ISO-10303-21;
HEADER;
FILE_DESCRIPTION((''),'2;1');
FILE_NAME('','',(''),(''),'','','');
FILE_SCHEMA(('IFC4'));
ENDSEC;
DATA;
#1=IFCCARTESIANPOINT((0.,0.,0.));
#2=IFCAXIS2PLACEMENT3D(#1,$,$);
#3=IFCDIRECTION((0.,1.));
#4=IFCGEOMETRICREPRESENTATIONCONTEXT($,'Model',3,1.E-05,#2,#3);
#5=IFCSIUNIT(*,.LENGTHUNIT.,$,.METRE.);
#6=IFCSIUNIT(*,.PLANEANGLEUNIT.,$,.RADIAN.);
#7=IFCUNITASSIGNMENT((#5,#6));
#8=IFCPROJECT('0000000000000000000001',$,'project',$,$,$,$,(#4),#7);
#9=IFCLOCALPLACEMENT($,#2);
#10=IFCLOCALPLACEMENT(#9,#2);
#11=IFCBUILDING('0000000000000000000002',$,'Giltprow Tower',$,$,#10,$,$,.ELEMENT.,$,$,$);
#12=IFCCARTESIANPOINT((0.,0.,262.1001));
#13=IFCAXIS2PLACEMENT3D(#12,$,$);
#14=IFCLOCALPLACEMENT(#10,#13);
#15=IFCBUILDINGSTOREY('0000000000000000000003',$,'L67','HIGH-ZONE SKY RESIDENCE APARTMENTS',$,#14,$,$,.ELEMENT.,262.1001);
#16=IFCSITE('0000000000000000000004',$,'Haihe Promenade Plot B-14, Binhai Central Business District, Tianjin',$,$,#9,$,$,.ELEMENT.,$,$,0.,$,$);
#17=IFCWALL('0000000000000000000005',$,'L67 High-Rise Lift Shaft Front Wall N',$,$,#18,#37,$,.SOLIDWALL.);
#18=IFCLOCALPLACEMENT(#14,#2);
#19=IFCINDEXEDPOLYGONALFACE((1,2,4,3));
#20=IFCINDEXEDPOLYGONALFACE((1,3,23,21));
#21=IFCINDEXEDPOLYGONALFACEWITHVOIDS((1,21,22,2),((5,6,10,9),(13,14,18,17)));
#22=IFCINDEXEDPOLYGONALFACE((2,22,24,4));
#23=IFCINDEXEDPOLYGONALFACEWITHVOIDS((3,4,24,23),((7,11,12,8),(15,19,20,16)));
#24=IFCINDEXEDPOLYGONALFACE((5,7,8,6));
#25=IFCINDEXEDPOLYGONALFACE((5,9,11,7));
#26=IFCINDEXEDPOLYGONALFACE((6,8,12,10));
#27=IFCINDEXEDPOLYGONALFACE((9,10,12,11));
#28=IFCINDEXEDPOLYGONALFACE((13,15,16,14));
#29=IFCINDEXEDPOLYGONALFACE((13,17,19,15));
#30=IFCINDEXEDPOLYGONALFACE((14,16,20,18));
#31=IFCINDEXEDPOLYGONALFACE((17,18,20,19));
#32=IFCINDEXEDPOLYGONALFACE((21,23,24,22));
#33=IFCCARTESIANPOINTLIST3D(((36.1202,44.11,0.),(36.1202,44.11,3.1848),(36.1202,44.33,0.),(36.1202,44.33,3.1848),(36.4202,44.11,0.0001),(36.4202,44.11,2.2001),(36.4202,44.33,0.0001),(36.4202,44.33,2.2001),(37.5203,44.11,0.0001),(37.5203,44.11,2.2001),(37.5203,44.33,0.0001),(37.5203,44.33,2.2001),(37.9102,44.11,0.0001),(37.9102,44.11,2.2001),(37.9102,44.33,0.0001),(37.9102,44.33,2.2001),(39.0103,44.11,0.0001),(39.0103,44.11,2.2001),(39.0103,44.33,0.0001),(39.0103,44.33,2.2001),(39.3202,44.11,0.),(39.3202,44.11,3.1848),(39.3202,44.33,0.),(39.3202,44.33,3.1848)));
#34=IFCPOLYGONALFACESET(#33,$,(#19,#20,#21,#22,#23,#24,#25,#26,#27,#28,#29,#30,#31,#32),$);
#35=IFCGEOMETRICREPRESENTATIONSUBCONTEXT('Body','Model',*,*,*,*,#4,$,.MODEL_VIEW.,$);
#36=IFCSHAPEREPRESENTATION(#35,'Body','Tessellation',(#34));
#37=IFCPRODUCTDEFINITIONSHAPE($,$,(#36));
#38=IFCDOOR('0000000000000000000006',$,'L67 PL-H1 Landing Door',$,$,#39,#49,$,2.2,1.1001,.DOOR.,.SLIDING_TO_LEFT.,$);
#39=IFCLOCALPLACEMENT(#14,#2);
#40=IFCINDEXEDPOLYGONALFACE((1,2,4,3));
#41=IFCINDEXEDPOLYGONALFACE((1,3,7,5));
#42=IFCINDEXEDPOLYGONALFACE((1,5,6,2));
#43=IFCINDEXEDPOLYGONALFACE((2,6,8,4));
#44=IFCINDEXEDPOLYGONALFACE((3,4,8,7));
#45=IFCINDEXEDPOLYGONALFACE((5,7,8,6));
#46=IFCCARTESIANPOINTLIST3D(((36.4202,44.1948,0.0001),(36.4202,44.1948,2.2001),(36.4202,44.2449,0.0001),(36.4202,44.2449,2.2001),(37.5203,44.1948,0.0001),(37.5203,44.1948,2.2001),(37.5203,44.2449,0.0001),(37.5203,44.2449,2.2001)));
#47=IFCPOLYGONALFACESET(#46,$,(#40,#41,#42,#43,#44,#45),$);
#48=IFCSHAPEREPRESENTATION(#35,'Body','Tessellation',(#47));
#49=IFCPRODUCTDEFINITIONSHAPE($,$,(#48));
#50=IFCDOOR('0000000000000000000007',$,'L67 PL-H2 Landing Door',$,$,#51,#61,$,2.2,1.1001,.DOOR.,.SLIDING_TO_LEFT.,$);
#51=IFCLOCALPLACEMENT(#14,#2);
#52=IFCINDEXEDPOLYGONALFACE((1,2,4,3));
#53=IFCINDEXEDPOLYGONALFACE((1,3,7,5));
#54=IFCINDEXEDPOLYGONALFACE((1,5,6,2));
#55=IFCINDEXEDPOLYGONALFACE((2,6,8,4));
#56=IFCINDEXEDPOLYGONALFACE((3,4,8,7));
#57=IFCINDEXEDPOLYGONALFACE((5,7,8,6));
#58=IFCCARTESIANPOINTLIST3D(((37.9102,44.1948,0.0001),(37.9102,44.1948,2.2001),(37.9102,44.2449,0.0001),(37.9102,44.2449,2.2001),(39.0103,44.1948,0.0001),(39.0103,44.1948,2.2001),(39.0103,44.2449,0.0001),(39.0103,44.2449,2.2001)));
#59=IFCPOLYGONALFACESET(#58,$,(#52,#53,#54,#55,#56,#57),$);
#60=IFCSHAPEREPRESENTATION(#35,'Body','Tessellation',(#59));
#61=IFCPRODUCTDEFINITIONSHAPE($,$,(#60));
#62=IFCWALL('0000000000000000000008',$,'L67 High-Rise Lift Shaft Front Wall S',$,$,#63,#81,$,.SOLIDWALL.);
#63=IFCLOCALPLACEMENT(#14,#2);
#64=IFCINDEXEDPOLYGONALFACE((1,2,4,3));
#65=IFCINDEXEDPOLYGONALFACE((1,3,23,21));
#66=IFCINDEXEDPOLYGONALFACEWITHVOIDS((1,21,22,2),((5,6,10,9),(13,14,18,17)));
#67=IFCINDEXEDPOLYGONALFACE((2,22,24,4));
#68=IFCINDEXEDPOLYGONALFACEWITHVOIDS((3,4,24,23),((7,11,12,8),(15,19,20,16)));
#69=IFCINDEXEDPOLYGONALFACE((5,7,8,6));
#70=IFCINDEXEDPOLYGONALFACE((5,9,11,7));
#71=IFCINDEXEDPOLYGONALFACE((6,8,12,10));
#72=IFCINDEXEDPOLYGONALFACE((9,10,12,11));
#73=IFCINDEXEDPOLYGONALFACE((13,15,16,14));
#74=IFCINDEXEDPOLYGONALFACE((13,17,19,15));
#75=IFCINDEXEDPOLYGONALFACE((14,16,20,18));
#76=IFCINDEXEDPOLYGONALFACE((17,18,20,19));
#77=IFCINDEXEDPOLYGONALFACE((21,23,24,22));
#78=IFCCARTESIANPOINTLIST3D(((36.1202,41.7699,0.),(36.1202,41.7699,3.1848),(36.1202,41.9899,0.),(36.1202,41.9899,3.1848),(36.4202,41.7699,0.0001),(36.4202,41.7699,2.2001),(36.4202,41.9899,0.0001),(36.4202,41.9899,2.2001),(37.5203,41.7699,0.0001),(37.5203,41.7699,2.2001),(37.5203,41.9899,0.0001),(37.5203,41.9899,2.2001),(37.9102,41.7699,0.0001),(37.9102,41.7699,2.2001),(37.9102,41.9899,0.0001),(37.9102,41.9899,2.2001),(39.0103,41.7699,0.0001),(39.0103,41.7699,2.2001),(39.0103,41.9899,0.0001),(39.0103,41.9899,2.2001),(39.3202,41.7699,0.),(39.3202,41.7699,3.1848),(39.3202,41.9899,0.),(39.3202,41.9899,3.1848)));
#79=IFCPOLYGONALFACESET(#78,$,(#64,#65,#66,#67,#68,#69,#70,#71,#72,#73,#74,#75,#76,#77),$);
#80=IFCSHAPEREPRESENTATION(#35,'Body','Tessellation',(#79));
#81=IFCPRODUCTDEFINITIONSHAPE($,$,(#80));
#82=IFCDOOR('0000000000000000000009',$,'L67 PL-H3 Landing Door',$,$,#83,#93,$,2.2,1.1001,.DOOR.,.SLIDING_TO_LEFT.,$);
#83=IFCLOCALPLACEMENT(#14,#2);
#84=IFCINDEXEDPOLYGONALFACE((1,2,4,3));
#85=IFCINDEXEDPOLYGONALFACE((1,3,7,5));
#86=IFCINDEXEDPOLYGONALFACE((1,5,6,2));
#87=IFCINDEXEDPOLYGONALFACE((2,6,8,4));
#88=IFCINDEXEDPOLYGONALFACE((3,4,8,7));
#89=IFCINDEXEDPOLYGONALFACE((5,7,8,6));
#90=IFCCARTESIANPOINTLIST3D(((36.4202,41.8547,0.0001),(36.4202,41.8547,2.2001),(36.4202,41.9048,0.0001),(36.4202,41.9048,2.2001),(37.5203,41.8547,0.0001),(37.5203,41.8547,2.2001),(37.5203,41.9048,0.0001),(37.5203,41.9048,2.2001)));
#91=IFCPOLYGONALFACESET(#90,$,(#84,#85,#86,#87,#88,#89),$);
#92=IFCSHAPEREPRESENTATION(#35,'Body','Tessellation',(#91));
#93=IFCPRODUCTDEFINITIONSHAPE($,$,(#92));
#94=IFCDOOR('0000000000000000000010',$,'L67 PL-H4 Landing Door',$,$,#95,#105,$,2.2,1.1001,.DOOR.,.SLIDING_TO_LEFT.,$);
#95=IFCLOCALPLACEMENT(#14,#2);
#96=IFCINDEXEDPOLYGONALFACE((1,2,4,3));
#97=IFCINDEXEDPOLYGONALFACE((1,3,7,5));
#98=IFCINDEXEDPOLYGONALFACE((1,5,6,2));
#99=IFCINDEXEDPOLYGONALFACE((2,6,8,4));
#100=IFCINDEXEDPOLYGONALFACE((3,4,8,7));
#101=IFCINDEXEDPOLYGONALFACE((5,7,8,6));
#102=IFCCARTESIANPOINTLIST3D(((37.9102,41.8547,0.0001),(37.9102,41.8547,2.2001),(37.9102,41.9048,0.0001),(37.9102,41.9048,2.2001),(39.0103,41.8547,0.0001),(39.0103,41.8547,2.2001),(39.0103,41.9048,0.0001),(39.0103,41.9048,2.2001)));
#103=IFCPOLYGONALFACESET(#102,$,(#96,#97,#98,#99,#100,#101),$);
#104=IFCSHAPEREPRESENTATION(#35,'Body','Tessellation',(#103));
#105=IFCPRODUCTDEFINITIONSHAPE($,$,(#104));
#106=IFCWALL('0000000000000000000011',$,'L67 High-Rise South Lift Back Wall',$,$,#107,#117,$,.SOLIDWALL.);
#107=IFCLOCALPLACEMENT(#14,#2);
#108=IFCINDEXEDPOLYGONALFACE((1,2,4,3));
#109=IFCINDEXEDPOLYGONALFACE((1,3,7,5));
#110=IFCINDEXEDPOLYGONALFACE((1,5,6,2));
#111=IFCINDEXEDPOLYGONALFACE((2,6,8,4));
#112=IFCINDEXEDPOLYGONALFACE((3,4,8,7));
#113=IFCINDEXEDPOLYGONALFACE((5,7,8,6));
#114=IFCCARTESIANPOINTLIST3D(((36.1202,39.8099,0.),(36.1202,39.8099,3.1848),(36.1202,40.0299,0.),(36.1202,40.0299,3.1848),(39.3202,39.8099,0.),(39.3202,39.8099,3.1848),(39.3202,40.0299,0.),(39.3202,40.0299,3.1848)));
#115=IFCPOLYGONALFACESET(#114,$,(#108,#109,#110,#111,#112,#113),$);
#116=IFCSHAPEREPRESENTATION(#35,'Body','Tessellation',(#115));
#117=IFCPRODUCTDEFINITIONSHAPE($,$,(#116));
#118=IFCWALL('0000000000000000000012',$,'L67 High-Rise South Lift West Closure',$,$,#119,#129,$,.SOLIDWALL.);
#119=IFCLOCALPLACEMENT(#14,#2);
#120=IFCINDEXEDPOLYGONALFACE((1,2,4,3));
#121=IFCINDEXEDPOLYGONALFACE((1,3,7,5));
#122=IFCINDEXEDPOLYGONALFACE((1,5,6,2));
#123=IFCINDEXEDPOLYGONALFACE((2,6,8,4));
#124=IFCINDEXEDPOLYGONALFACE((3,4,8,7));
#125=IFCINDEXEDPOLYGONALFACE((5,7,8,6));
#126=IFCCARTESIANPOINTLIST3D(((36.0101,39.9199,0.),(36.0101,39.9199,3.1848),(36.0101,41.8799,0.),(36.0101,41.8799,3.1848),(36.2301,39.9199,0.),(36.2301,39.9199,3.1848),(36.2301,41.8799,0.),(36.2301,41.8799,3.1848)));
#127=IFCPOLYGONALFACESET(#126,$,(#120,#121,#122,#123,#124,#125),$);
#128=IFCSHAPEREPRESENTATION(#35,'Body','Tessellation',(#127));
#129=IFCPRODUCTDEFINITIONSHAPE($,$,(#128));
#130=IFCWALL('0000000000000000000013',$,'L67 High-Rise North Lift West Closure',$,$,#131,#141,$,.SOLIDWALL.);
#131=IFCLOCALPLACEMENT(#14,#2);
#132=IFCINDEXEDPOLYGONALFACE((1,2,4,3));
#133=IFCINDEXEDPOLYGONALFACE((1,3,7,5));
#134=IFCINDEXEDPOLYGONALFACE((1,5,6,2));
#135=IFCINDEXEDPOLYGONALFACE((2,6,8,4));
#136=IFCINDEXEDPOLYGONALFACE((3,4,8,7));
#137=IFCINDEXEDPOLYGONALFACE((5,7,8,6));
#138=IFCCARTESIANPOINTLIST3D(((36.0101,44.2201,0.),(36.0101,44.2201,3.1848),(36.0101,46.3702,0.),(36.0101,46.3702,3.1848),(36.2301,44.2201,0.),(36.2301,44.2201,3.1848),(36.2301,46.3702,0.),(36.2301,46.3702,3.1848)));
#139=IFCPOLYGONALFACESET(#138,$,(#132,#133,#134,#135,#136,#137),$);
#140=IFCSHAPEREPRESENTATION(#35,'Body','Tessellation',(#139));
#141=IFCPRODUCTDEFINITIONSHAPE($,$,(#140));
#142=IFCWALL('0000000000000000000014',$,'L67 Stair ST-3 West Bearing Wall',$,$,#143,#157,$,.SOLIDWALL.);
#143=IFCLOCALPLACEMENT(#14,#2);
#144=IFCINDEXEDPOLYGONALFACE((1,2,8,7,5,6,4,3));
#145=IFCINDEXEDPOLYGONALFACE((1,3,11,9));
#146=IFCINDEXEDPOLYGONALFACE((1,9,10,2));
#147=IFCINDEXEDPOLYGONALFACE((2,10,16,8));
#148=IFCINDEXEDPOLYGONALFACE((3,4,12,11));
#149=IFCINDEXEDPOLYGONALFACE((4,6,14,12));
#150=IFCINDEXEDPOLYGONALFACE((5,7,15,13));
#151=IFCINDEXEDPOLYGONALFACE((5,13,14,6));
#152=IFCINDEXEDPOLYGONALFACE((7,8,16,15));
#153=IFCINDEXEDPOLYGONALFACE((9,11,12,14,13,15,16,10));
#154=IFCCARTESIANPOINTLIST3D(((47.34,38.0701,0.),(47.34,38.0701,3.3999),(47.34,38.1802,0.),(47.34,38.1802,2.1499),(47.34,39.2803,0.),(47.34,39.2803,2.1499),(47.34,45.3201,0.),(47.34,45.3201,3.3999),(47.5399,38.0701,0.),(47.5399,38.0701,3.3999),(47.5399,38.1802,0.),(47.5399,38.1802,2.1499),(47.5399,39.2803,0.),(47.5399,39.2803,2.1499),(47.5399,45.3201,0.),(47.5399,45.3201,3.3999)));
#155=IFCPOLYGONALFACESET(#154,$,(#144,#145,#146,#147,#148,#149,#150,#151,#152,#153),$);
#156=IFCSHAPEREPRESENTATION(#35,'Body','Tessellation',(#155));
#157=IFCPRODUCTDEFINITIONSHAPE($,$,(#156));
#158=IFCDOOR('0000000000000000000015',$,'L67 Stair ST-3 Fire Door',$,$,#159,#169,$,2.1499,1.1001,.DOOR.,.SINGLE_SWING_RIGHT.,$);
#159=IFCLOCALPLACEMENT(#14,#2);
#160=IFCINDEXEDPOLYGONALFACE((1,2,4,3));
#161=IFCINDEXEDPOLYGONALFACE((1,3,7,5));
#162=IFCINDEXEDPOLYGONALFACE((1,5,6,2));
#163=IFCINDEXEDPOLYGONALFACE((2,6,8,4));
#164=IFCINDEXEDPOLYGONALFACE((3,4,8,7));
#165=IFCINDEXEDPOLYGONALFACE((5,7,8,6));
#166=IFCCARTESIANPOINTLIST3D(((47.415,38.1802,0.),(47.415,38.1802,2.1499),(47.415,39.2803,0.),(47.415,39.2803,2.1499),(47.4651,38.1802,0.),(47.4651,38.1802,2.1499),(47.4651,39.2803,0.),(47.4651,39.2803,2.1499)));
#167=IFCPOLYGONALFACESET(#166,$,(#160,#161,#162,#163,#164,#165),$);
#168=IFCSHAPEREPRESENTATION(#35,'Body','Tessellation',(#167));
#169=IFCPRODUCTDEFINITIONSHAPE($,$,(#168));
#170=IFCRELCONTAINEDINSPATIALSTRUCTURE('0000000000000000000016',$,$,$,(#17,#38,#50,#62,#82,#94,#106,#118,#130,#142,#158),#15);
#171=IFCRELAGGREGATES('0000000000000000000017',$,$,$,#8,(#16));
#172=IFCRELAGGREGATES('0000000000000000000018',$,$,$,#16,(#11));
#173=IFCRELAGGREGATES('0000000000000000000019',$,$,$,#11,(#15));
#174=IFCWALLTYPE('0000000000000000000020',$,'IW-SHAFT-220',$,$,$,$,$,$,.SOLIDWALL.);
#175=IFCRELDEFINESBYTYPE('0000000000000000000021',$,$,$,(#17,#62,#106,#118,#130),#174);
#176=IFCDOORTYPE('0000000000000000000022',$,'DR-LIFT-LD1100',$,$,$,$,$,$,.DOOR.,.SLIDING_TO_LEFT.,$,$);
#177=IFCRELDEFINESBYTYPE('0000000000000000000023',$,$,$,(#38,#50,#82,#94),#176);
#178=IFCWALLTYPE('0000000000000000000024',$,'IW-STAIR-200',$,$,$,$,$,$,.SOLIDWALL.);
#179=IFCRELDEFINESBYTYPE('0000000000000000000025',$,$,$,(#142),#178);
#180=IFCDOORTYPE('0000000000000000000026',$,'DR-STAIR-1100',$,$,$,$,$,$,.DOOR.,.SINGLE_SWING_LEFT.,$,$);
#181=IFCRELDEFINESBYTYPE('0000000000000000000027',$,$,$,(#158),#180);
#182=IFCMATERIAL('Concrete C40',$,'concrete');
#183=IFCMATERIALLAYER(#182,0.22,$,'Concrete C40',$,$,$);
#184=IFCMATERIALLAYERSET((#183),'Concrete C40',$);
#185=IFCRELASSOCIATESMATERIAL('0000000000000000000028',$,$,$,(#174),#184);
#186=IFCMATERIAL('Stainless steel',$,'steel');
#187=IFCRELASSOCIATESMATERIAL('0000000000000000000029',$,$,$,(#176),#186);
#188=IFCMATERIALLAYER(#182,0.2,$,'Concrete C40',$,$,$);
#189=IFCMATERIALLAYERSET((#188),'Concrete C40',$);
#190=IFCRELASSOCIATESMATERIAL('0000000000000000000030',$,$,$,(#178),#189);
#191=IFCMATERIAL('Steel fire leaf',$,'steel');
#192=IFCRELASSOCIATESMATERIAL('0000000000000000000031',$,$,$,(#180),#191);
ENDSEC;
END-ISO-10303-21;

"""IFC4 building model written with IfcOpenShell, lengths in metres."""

from ifc_helpers import new_model, si_unit, direction, frame, frame_2d, origin, place, context, subcontext, project, spatial, rectangle, extrude, source, transform, mapped, material, layer, layer_set, type_object, element, fill, save


model = new_model("IFC4")

# Units and contexts
model_context = context("Model", 3, precision=1e-05, world=origin(), true_north=direction((0.0, 1.0)))
body_context = subcontext(model_context, "Body", "Model", "MODEL_VIEW")
ifc_project = project(units=[si_unit("LENGTHUNIT", "METRE"), si_unit("PLANEANGLEUNIT", "RADIAN")], contexts=[model_context])

# Site, building, storey
site_placement = place(None, origin())
site = spatial("IfcSite", under=ifc_project, at=site_placement, Name="Haihe Promenade Plot B-14, Binhai Central Business District, Tianjin", CompositionType="ELEMENT", RefElevation=0.0)
building_placement = place(site_placement, origin())
building = spatial("IfcBuilding", under=site, at=building_placement, Name="Giltprow Tower", CompositionType="ELEMENT")
storey_placement = place(building_placement, frame((0.0, 0.0, 262.1001)))
storey = spatial("IfcBuildingStorey", under=building, at=storey_placement, Name="L67", Description="HIGH-ZONE SKY RESIDENCE APARTMENTS", CompositionType="ELEMENT", Elevation=262.1001)

# Shared definitions
ifc_material_1 = material(Name="Concrete C40", Category="concrete")
ifc_layer_1 = layer(ifc_material_1, 0.22, Name="Concrete C40")
ifc_layer_set_1 = layer_set([ifc_layer_1], Name="Concrete C40")
wall_type_1 = type_object("IfcWallType", Name="IW-SHAFT-220", PredefinedType="SOLIDWALL", material=ifc_layer_set_1)
ifc_material_2 = material(Name="Stainless steel", Category="steel")
door_type_1 = type_object("IfcDoorType", Name="DR-LIFT-LD1100", OperationType="SLIDING_TO_LEFT", PredefinedType="DOOR", material=ifc_material_2)
shared_shape_1 = source(origin(), body_context, "Body", "SweptSolid", [
    extrude(rectangle(XDim=1.1001, YDim=2.2, at=frame_2d((0.55, 1.1001))), frame((0.0, 0.0249, 0.0), z_axis=(0.0, -1.0, 0.0), x_axis=(1.0, 0.0, 0.0)), (0.0, 0.0, 1.0), 0.05),
])

# Walls, openings, doors
wall_1_placement = place(storey_placement, frame((36.1201, 44.22, 0.0), z_axis=(0.0, 0.0, 1.0), x_axis=(1.0, 0.0, 0.0)))
wall_1 = element("IfcWall", 1, at=wall_1_placement, inside=storey, type_object=wall_type_1, Name="L67 High-Rise Lift Shaft Front Wall N", PredefinedType="SOLIDWALL", context=body_context, shape_type="SweptSolid", body=[
    extrude(rectangle(XDim=3.2, YDim=0.22, at=frame_2d((1.6001, 0.0))), origin(), (0.0, 0.0, 1.0), 3.1848),
])
opening_1_placement = place(wall_1_placement, frame((0.3, 0.0, 0.0)))
opening_1 = element("IfcOpeningElement", 2, at=opening_1_placement, cuts=wall_1, PredefinedType="OPENING", context=body_context, shape_type="SweptSolid", body=[
    extrude(rectangle(XDim=1.1001, YDim=2.2, at=frame_2d((0.55, 1.1001))), frame((0.0, 0.1199, 0.0), z_axis=(0.0, -1.0, 0.0), x_axis=(1.0, 0.0, 0.0)), (0.0, 0.0, 1.0), 0.24),
])
opening_2_placement = place(wall_1_placement, frame((1.79, 0.0, 0.0)))
opening_2 = element("IfcOpeningElement", 3, at=opening_2_placement, cuts=wall_1, PredefinedType="OPENING", context=body_context, shape_type="SweptSolid", body=[
    extrude(rectangle(XDim=1.1001, YDim=2.2, at=frame_2d((0.55, 1.1001))), frame((0.0, 0.1199, 0.0), z_axis=(0.0, -1.0, 0.0), x_axis=(1.0, 0.0, 0.0)), (0.0, 0.0, 1.0), 0.24),
])
door_1_placement = place(opening_1_placement, origin())
door_1 = element("IfcDoor", 4, at=door_1_placement, inside=storey, type_object=door_type_1, Name="L67 PL-H1 Landing Door", OperationType="SLIDING_TO_LEFT", OverallHeight=2.2, OverallWidth=1.1001, PredefinedType="DOOR", context=body_context, shape_type="MappedRepresentation", body=[
    mapped(shared_shape_1, transform((0.0, 0.0, 0.0), x_axis=(1.0, 0.0, 0.0), y_axis=(0.0, 1.0, 0.0), z_axis=(0.0, 0.0, 1.0), scale=1.0)),
])
fill(opening_1, door_1)
door_2_placement = place(opening_2_placement, origin())
door_2 = element("IfcDoor", 5, at=door_2_placement, inside=storey, type_object=door_type_1, Name="L67 PL-H2 Landing Door", OperationType="SLIDING_TO_LEFT", OverallHeight=2.2, OverallWidth=1.1001, PredefinedType="DOOR", context=body_context, shape_type="MappedRepresentation", body=[
    mapped(shared_shape_1, transform((0.0, 0.0, 0.0), x_axis=(1.0, 0.0, 0.0), y_axis=(0.0, 1.0, 0.0), z_axis=(0.0, 0.0, 1.0), scale=1.0)),
])
fill(opening_2, door_2)
wall_2_placement = place(storey_placement, frame((36.1201, 41.8799, 0.0), z_axis=(0.0, 0.0, 1.0), x_axis=(1.0, 0.0, 0.0)))
wall_2 = element("IfcWall", 6, at=wall_2_placement, inside=storey, type_object=wall_type_1, Name="L67 High-Rise Lift Shaft Front Wall S", PredefinedType="SOLIDWALL", context=body_context, shape_type="SweptSolid", body=[
    extrude(rectangle(XDim=3.2, YDim=0.22, at=frame_2d((1.6001, 0.0))), origin(), (0.0, 0.0, 1.0), 3.1848),
])
opening_3_placement = place(wall_2_placement, frame((0.3, 0.0, 0.0)))
opening_3 = element("IfcOpeningElement", 7, at=opening_3_placement, cuts=wall_2, PredefinedType="OPENING", context=body_context, shape_type="SweptSolid", body=[
    extrude(rectangle(XDim=1.1001, YDim=2.2, at=frame_2d((0.55, 1.1001))), frame((0.0, 0.1199, 0.0), z_axis=(0.0, -1.0, 0.0), x_axis=(1.0, 0.0, 0.0)), (0.0, 0.0, 1.0), 0.24),
])
opening_4_placement = place(wall_2_placement, frame((1.79, 0.0, 0.0)))
opening_4 = element("IfcOpeningElement", 8, at=opening_4_placement, cuts=wall_2, PredefinedType="OPENING", context=body_context, shape_type="SweptSolid", body=[
    extrude(rectangle(XDim=1.1001, YDim=2.2, at=frame_2d((0.55, 1.1001))), frame((0.0, 0.1199, 0.0), z_axis=(0.0, -1.0, 0.0), x_axis=(1.0, 0.0, 0.0)), (0.0, 0.0, 1.0), 0.24),
])
door_3_placement = place(opening_3_placement, origin())
door_3 = element("IfcDoor", 9, at=door_3_placement, inside=storey, type_object=door_type_1, Name="L67 PL-H3 Landing Door", OperationType="SLIDING_TO_LEFT", OverallHeight=2.2, OverallWidth=1.1001, PredefinedType="DOOR", context=body_context, shape_type="MappedRepresentation", body=[
    mapped(shared_shape_1, transform((0.0, 0.0, 0.0), x_axis=(1.0, 0.0, 0.0), y_axis=(0.0, 1.0, 0.0), z_axis=(0.0, 0.0, 1.0), scale=1.0)),
])
fill(opening_3, door_3)
door_4_placement = place(opening_4_placement, origin())
door_4 = element("IfcDoor", 10, at=door_4_placement, inside=storey, type_object=door_type_1, Name="L67 PL-H4 Landing Door", OperationType="SLIDING_TO_LEFT", OverallHeight=2.2, OverallWidth=1.1001, PredefinedType="DOOR", context=body_context, shape_type="MappedRepresentation", body=[
    mapped(shared_shape_1, transform((0.0, 0.0, 0.0), x_axis=(1.0, 0.0, 0.0), y_axis=(0.0, 1.0, 0.0), z_axis=(0.0, 0.0, 1.0), scale=1.0)),
])
fill(opening_4, door_4)

# Walls
wall_3_placement = place(storey_placement, frame((36.1201, 39.9199, 0.0), z_axis=(0.0, 0.0, 1.0), x_axis=(1.0, 0.0, 0.0)))
element("IfcWall", 11, at=wall_3_placement, inside=storey, type_object=wall_type_1, Name="L67 High-Rise South Lift Back Wall", PredefinedType="SOLIDWALL", context=body_context, shape_type="SweptSolid", body=[
    extrude(rectangle(XDim=3.2, YDim=0.22, at=frame_2d((1.6001, 0.0))), origin(), (0.0, 0.0, 1.0), 3.1848),
])
wall_4_placement = place(storey_placement, frame((36.1201, 39.9199, 0.0), z_axis=(0.0, 0.0, 1.0), x_axis=(0.0, 1.0, 0.0)))
element("IfcWall", 12, at=wall_4_placement, inside=storey, type_object=wall_type_1, Name="L67 High-Rise South Lift West Closure", PredefinedType="SOLIDWALL", context=body_context, shape_type="SweptSolid", body=[
    extrude(rectangle(XDim=1.96, YDim=0.22, at=frame_2d((0.98, 0.0))), origin(), (0.0, 0.0, 1.0), 3.1848),
])
wall_5_placement = place(storey_placement, frame((36.1201, 44.22, 0.0), z_axis=(0.0, 0.0, 1.0), x_axis=(0.0, 1.0, 0.0)))
element("IfcWall", 13, at=wall_5_placement, inside=storey, type_object=wall_type_1, Name="L67 High-Rise North Lift West Closure", PredefinedType="SOLIDWALL", context=body_context, shape_type="SweptSolid", body=[
    extrude(rectangle(XDim=2.1501, YDim=0.22, at=frame_2d((1.0752, 0.0))), origin(), (0.0, 0.0, 1.0), 3.1848),
])

# Wall, opening, door
ifc_layer_2 = layer(ifc_material_1, 0.2, Name="Concrete C40")
ifc_layer_set_2 = layer_set([ifc_layer_2], Name="Concrete C40")
wall_type_2 = type_object("IfcWallType", Name="IW-STAIR-200", PredefinedType="SOLIDWALL", material=ifc_layer_set_2)
wall_6_placement = place(storey_placement, frame((47.4399, 38.0701, 0.0), z_axis=(0.0, 0.0, 1.0), x_axis=(0.0, 1.0, 0.0)))
wall_6 = element("IfcWall", 14, at=wall_6_placement, inside=storey, type_object=wall_type_2, Name="L67 Stair ST-3 West Bearing Wall", PredefinedType="SOLIDWALL", context=body_context, shape_type="SweptSolid", body=[
    extrude(rectangle(XDim=7.25, YDim=0.2, at=frame_2d((3.625, 0.0))), origin(), (0.0, 0.0, 1.0), 3.3999),
])
opening_5_placement = place(wall_6_placement, frame((0.1101, 0.0, 0.0)))
opening_5 = element("IfcOpeningElement", 15, at=opening_5_placement, cuts=wall_6, PredefinedType="OPENING", context=body_context, shape_type="SweptSolid", body=[
    extrude(rectangle(XDim=1.1001, YDim=2.1499, at=frame_2d((0.55, 1.075))), frame((0.0, 0.1099, 0.0), z_axis=(0.0, -1.0, 0.0), x_axis=(1.0, 0.0, 0.0)), (0.0, 0.0, 1.0), 0.22),
])
ifc_material_3 = material(Name="Steel fire leaf", Category="steel")
door_type_2 = type_object("IfcDoorType", Name="DR-STAIR-1100", OperationType="SINGLE_SWING_LEFT", PredefinedType="DOOR", material=ifc_material_3)
shared_shape_2 = source(origin(), body_context, "Body", "SweptSolid", [
    extrude(rectangle(XDim=1.1001, YDim=2.1499, at=frame_2d((0.55, 1.075))), frame((0.0, 0.0249, 0.0), z_axis=(0.0, -1.0, 0.0), x_axis=(1.0, 0.0, 0.0)), (0.0, 0.0, 1.0), 0.05),
])
door_5_placement = place(opening_5_placement, origin())
door_5 = element("IfcDoor", 16, at=door_5_placement, inside=storey, type_object=door_type_2, Name="L67 Stair ST-3 Fire Door", OperationType="SINGLE_SWING_RIGHT", OverallHeight=2.1499, OverallWidth=1.1001, PredefinedType="DOOR", context=body_context, shape_type="MappedRepresentation", body=[
    mapped(shared_shape_2, transform((0.0, 0.0, 0.0), x_axis=(1.0, 0.0, 0.0), y_axis=(0.0, 1.0, 0.0), z_axis=(0.0, 0.0, 1.0), scale=1.0)),
])
fill(opening_5, door_5)

save(model, "model.ifc")
